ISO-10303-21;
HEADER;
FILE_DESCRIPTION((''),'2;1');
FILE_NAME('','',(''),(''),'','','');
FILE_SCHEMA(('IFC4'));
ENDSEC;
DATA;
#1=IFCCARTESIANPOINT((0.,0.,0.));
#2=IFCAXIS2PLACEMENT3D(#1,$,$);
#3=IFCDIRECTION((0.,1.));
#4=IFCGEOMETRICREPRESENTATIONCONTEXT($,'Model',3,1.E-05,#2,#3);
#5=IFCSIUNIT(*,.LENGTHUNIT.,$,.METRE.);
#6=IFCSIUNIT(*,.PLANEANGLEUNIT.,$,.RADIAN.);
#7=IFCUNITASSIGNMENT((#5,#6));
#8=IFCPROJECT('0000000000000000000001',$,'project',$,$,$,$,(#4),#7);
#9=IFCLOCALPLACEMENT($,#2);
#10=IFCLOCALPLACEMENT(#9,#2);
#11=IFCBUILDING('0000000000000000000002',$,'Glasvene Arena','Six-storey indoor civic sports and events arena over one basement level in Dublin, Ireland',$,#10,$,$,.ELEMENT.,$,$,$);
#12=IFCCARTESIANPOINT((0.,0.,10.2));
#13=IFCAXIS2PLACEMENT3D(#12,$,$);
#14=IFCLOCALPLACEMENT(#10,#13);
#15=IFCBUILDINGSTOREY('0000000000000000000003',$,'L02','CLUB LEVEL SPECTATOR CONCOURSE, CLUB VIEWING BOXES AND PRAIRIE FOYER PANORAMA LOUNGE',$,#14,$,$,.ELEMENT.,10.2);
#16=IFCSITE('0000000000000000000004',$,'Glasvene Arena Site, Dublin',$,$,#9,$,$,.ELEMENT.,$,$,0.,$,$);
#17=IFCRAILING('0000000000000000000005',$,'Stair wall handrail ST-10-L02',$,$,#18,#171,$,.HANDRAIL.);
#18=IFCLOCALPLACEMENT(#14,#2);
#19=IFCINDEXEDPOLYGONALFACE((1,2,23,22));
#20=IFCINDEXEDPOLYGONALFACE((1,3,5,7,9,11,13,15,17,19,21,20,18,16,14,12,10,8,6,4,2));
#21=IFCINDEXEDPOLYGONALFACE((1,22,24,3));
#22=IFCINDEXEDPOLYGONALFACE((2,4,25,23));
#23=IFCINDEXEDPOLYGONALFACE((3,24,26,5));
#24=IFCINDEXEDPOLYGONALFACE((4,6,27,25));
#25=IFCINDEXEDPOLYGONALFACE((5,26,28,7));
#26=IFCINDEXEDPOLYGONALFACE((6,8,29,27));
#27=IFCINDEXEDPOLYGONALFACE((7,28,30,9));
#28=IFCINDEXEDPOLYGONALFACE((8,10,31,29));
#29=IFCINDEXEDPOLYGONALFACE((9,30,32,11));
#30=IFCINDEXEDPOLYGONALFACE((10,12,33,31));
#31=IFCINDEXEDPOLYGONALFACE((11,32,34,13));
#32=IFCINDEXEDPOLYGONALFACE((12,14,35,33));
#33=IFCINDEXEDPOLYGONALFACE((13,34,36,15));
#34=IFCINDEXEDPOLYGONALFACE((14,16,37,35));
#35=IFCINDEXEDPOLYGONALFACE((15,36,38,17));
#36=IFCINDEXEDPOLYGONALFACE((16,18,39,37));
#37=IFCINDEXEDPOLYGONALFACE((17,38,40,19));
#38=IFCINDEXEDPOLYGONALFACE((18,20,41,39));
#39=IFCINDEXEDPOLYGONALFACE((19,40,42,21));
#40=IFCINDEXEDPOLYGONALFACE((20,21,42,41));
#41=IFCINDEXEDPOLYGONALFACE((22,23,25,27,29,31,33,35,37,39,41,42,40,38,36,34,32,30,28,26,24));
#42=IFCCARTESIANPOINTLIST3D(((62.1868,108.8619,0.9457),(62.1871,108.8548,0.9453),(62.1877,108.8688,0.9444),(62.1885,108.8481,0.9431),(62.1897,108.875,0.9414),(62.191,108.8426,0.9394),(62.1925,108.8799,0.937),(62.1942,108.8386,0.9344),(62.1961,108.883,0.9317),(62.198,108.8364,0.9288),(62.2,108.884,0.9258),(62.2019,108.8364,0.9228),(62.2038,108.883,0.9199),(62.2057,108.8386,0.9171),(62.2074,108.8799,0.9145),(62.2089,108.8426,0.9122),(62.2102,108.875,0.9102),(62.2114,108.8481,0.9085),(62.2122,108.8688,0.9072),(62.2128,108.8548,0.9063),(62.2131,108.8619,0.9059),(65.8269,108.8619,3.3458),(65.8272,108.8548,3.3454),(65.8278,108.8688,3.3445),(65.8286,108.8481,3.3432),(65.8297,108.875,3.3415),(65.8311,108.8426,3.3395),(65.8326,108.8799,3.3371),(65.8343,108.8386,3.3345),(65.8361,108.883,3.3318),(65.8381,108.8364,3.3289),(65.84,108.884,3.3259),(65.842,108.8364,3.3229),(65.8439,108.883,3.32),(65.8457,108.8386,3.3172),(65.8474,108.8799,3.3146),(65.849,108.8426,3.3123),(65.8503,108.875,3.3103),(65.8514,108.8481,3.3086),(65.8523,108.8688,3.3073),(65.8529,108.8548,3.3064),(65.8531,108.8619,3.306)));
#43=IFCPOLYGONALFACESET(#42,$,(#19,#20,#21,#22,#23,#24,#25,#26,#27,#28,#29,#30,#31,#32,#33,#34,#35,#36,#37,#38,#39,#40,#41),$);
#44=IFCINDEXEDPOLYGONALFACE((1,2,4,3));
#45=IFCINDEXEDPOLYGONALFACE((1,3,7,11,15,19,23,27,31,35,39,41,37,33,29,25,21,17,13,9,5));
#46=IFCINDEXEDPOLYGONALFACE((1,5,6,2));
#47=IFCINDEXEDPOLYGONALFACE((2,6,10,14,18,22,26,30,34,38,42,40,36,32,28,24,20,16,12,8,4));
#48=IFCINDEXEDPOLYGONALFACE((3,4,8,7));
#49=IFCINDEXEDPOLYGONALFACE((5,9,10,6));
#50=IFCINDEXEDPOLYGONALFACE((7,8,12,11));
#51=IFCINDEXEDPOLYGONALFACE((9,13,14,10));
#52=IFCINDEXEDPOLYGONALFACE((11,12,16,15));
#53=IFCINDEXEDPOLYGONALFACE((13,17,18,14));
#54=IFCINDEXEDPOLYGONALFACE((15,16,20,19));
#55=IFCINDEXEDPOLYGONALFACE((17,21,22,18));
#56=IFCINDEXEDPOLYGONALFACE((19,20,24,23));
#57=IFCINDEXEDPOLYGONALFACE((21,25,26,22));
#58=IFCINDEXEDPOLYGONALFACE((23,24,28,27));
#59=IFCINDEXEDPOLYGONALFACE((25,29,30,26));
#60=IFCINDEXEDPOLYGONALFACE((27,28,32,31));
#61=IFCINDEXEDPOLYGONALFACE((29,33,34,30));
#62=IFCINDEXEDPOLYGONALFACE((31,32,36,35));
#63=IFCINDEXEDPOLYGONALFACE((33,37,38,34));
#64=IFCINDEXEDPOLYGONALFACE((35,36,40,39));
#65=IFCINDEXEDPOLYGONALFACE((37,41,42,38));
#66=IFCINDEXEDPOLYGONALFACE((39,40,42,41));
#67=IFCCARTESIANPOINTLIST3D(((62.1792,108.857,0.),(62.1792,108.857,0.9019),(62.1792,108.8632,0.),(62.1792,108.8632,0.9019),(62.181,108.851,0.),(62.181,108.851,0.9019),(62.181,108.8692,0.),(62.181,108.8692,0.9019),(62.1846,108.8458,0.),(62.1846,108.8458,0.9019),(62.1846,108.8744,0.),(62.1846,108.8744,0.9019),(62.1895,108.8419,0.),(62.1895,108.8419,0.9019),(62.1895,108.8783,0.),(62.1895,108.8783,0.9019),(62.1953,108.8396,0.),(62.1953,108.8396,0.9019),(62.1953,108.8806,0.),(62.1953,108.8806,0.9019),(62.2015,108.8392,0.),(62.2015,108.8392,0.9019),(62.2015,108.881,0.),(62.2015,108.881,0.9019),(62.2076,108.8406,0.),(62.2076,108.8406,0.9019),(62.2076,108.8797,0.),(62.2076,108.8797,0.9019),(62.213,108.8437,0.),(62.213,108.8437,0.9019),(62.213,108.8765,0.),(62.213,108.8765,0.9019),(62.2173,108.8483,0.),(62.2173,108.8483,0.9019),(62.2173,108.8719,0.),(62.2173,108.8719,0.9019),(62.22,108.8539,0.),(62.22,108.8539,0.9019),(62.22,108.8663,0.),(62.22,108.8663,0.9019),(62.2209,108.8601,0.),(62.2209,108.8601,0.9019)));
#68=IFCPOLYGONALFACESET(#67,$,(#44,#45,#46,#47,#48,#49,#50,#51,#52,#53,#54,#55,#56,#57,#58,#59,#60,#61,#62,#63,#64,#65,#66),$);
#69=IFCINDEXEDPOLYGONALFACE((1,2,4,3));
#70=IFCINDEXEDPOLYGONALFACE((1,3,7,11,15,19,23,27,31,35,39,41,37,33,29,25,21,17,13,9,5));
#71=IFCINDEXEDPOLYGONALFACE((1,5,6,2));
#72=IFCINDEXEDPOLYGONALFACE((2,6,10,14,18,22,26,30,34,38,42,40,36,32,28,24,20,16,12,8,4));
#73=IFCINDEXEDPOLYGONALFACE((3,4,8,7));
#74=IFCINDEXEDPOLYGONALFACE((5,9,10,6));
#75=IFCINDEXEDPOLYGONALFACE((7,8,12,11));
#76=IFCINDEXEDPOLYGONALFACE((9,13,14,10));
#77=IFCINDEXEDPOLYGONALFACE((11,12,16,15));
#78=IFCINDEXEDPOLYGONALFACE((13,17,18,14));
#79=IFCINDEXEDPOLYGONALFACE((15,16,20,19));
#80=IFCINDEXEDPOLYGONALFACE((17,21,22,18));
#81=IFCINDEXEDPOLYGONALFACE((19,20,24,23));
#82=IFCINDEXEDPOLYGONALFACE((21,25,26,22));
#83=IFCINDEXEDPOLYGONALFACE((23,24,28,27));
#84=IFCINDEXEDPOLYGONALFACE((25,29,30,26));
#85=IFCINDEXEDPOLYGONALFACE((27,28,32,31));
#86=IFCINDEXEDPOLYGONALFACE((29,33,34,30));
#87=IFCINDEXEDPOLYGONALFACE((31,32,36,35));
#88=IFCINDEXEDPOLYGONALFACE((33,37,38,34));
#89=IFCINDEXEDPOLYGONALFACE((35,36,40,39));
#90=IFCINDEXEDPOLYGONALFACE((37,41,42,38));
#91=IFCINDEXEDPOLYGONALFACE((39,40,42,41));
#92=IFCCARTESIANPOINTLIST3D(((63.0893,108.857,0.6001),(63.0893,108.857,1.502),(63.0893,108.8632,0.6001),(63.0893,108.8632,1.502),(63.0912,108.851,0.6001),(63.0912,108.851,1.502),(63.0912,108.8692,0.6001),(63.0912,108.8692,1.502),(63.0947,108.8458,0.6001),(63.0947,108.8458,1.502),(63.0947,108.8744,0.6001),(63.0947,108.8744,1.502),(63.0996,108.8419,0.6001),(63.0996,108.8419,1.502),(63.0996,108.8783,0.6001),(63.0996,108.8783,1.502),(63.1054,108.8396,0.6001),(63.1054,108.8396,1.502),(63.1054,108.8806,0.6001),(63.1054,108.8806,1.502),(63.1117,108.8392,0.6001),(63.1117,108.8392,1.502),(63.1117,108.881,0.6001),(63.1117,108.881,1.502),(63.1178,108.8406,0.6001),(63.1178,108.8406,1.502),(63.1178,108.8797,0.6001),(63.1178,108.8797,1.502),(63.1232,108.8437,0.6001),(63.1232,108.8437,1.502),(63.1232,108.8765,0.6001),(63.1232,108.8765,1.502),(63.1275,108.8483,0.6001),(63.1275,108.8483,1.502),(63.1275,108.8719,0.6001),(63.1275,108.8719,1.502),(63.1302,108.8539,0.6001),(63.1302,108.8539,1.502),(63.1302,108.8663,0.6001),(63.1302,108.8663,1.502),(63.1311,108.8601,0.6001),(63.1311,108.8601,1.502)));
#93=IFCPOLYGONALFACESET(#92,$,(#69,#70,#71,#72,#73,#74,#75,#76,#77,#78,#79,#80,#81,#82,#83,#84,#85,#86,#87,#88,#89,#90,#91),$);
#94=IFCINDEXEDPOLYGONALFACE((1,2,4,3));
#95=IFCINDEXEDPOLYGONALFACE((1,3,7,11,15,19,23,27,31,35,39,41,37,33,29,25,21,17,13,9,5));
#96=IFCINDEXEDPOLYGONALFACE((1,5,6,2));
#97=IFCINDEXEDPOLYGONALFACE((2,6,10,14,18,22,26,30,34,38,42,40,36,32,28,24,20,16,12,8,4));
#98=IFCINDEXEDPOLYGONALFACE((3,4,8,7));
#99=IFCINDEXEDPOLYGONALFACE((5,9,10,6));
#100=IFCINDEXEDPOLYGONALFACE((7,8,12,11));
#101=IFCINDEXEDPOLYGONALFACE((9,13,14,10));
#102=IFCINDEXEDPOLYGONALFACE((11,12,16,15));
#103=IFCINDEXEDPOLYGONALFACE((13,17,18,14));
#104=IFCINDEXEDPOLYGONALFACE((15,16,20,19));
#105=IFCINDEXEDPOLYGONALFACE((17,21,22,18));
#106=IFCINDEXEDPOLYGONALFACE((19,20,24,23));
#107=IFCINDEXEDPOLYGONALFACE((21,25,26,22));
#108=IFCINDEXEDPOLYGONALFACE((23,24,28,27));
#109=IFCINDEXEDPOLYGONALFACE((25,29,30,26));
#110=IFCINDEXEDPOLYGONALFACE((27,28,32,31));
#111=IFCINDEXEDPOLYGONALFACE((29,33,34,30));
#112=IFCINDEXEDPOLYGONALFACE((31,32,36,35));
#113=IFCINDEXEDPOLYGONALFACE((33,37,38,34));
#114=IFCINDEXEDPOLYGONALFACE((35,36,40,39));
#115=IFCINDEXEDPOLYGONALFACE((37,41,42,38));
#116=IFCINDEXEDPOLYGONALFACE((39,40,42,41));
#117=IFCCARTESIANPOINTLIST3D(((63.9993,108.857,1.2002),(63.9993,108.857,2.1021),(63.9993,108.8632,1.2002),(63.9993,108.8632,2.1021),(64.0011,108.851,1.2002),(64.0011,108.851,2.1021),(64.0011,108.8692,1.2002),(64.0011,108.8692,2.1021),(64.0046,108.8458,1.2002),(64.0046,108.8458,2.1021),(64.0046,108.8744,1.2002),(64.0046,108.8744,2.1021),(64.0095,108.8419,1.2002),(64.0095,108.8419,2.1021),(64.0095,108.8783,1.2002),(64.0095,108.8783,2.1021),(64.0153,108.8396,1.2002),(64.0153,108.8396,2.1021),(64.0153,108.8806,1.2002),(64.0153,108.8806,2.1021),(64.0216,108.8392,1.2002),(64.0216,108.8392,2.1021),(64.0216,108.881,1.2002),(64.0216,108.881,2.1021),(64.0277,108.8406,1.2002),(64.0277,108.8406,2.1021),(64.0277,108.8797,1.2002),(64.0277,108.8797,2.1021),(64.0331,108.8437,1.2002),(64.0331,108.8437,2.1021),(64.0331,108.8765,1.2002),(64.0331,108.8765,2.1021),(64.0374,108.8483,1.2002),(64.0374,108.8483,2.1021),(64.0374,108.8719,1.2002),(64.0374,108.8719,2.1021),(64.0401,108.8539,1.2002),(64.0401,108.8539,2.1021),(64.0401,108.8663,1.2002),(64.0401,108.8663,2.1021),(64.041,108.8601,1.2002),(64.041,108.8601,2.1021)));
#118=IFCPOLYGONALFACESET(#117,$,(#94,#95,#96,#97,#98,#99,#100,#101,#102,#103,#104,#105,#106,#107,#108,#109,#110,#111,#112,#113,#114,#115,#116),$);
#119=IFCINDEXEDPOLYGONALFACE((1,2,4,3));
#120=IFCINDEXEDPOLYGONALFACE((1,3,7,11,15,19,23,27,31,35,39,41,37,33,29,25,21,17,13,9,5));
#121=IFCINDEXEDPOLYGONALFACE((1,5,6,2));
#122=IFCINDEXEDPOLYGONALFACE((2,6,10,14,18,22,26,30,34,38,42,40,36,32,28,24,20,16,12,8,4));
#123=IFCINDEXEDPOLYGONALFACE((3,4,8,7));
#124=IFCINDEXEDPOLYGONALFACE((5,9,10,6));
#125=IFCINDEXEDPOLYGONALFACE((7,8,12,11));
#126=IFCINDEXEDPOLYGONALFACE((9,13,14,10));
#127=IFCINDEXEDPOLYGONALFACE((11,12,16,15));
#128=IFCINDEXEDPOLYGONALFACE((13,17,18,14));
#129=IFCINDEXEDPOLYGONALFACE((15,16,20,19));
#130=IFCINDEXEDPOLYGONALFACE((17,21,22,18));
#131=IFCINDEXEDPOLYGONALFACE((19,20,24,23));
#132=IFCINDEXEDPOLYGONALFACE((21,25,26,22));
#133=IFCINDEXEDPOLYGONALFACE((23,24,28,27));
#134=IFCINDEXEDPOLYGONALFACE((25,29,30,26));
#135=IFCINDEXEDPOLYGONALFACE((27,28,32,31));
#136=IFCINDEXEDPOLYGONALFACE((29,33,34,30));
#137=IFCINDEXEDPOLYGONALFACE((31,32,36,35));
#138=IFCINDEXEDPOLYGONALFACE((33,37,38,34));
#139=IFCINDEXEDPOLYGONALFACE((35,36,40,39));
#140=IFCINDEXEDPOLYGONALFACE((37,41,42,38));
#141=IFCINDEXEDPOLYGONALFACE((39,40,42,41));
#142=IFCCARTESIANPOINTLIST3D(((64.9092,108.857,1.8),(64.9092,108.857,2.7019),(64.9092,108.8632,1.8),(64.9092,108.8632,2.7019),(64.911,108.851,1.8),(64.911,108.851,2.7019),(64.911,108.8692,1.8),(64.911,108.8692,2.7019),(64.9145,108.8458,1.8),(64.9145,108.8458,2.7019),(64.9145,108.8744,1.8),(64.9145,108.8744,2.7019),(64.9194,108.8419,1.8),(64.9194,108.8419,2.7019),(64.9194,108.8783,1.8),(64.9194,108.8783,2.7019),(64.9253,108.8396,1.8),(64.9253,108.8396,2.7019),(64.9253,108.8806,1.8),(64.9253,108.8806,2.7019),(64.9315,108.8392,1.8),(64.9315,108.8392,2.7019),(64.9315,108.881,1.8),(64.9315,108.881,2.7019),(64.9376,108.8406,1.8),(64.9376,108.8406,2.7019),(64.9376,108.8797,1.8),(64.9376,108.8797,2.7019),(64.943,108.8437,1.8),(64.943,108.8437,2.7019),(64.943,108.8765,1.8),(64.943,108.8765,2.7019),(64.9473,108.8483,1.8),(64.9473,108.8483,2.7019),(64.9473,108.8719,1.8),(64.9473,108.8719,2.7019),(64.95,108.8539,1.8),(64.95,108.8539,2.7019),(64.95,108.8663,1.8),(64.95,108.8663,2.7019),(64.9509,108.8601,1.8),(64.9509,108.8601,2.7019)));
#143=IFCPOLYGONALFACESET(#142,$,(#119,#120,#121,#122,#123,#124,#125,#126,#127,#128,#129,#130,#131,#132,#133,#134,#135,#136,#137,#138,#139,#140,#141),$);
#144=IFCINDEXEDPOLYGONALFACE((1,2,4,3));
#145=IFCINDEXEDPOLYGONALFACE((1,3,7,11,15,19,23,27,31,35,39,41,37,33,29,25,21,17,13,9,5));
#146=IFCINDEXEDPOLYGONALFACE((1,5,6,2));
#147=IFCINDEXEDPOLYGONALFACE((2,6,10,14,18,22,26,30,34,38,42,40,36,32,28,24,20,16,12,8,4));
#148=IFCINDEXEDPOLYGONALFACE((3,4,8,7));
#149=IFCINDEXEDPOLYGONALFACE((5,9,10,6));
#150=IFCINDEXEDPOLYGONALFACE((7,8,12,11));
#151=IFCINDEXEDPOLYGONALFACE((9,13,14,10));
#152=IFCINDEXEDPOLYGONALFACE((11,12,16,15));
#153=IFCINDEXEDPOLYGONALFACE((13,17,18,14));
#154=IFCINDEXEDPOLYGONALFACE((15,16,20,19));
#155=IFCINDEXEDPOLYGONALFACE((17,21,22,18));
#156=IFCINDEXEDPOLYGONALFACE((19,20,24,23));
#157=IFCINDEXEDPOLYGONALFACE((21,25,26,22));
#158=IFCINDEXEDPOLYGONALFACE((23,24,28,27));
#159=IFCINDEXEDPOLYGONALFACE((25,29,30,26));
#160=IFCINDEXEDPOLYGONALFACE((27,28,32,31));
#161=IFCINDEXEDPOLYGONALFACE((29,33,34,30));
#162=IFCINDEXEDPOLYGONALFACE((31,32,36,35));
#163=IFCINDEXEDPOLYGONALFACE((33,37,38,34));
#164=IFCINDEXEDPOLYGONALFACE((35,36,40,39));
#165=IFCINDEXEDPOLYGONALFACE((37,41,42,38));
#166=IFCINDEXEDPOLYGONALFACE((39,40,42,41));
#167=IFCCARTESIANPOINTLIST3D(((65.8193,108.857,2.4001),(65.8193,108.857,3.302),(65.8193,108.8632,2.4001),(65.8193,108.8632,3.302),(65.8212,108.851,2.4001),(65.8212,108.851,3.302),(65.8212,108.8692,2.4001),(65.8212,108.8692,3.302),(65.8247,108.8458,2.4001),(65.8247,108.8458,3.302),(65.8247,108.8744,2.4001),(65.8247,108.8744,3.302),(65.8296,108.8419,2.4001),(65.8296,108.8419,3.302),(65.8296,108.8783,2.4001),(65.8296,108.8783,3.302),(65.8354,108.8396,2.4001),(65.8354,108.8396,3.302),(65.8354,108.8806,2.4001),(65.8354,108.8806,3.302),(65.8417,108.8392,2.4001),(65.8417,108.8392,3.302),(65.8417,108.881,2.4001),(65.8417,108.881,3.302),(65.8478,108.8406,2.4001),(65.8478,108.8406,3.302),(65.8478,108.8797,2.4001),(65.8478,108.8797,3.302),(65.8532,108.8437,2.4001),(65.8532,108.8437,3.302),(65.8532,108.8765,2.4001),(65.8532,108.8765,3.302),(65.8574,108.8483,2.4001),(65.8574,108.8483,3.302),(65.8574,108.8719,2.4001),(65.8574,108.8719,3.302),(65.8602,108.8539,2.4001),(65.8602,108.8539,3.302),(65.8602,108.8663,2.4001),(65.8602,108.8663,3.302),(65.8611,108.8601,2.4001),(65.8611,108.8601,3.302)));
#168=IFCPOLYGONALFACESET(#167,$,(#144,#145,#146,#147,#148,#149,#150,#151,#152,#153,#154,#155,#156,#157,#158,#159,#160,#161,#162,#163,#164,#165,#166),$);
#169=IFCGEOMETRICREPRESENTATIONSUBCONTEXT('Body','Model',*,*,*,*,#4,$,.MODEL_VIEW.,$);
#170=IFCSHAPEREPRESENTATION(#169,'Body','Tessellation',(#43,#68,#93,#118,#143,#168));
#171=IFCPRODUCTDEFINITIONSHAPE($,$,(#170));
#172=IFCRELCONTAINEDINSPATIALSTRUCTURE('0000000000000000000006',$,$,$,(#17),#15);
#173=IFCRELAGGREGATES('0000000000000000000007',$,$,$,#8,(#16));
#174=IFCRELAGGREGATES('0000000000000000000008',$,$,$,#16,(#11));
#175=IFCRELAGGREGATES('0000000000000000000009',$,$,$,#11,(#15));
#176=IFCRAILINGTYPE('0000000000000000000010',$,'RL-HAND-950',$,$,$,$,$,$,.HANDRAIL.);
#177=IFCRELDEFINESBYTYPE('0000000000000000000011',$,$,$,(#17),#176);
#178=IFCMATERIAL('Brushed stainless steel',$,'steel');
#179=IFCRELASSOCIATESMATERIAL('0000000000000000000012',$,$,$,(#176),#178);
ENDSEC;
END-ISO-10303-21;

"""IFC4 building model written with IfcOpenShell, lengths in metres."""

from ifc_helpers import new_model, si_unit, direction, frame, origin, origin_2d, place, context, subcontext, project, spatial, circle, extrude, material, type_object, element, save


model = new_model("IFC4")

# Units and contexts
model_context = context("Model", 3, precision=1e-05, world=origin(), true_north=direction((0.0, 1.0)))
body_context = subcontext(model_context, "Body", "Model", "MODEL_VIEW")
ifc_project = project(units=[si_unit("LENGTHUNIT", "METRE"), si_unit("PLANEANGLEUNIT", "RADIAN")], contexts=[model_context])

# Site, building, storey
site_placement = place(None, origin())
site = spatial("IfcSite", under=ifc_project, at=site_placement, Name="Glasvene Arena Site, Dublin", CompositionType="ELEMENT", RefElevation=0.0)
building_placement = place(site_placement, origin())
building = spatial("IfcBuilding", under=site, at=building_placement, Name="Glasvene Arena", Description="Six-storey indoor civic sports and events arena over one basement level in Dublin, Ireland", CompositionType="ELEMENT")
storey_placement = place(building_placement, frame((0.0, 0.0, 10.2)))
storey = spatial("IfcBuildingStorey", under=building, at=storey_placement, Name="L02", Description="CLUB LEVEL SPECTATOR CONCOURSE, CLUB VIEWING BOXES AND PRAIRIE FOYER PANORAMA LOUNGE", CompositionType="ELEMENT", Elevation=10.2)

# Railing
ifc_material_1 = material(Name="Brushed stainless steel", Category="steel")
railing_type = type_object("IfcRailingType", Name="RL-HAND-950", PredefinedType="HANDRAIL", material=ifc_material_1)
railing_placement = place(storey_placement, frame((62.2, 108.8601, 0.0)))
element("IfcRailing", 1, at=railing_placement, inside=storey, type_object=railing_type, Name="Stair wall handrail ST-10-L02", PredefinedType="HANDRAIL", context=body_context, shape_type="SweptSolid", body=[
    extrude(circle(Radius=0.0239, at=origin_2d()), frame((0.0, 0.0, 0.9258), z_axis=(0.834856, 0.0, 0.550468), x_axis=(0.0, 1.0, 0.0)), (0.0, 0.0, 1.0), 4.3601),
    extrude(circle(Radius=0.021, at=origin_2d()), origin(), (0.0, 0.0, 1.0), 0.9019),
    extrude(circle(Radius=0.021, at=origin_2d()), frame((0.9102, 0.0, 0.6001)), (0.0, 0.0, 1.0), 0.9019),
    extrude(circle(Radius=0.021, at=origin_2d()), frame((1.8201, 0.0, 1.2002)), (0.0, 0.0, 1.0), 0.9019),
    extrude(circle(Radius=0.021, at=origin_2d()), frame((2.73, 0.0, 1.8)), (0.0, 0.0, 1.0), 0.9019),
    extrude(circle(Radius=0.021, at=origin_2d()), frame((3.6401, 0.0, 2.4001)), (0.0, 0.0, 1.0), 0.9019),
])

save(model, "model.ifc")
